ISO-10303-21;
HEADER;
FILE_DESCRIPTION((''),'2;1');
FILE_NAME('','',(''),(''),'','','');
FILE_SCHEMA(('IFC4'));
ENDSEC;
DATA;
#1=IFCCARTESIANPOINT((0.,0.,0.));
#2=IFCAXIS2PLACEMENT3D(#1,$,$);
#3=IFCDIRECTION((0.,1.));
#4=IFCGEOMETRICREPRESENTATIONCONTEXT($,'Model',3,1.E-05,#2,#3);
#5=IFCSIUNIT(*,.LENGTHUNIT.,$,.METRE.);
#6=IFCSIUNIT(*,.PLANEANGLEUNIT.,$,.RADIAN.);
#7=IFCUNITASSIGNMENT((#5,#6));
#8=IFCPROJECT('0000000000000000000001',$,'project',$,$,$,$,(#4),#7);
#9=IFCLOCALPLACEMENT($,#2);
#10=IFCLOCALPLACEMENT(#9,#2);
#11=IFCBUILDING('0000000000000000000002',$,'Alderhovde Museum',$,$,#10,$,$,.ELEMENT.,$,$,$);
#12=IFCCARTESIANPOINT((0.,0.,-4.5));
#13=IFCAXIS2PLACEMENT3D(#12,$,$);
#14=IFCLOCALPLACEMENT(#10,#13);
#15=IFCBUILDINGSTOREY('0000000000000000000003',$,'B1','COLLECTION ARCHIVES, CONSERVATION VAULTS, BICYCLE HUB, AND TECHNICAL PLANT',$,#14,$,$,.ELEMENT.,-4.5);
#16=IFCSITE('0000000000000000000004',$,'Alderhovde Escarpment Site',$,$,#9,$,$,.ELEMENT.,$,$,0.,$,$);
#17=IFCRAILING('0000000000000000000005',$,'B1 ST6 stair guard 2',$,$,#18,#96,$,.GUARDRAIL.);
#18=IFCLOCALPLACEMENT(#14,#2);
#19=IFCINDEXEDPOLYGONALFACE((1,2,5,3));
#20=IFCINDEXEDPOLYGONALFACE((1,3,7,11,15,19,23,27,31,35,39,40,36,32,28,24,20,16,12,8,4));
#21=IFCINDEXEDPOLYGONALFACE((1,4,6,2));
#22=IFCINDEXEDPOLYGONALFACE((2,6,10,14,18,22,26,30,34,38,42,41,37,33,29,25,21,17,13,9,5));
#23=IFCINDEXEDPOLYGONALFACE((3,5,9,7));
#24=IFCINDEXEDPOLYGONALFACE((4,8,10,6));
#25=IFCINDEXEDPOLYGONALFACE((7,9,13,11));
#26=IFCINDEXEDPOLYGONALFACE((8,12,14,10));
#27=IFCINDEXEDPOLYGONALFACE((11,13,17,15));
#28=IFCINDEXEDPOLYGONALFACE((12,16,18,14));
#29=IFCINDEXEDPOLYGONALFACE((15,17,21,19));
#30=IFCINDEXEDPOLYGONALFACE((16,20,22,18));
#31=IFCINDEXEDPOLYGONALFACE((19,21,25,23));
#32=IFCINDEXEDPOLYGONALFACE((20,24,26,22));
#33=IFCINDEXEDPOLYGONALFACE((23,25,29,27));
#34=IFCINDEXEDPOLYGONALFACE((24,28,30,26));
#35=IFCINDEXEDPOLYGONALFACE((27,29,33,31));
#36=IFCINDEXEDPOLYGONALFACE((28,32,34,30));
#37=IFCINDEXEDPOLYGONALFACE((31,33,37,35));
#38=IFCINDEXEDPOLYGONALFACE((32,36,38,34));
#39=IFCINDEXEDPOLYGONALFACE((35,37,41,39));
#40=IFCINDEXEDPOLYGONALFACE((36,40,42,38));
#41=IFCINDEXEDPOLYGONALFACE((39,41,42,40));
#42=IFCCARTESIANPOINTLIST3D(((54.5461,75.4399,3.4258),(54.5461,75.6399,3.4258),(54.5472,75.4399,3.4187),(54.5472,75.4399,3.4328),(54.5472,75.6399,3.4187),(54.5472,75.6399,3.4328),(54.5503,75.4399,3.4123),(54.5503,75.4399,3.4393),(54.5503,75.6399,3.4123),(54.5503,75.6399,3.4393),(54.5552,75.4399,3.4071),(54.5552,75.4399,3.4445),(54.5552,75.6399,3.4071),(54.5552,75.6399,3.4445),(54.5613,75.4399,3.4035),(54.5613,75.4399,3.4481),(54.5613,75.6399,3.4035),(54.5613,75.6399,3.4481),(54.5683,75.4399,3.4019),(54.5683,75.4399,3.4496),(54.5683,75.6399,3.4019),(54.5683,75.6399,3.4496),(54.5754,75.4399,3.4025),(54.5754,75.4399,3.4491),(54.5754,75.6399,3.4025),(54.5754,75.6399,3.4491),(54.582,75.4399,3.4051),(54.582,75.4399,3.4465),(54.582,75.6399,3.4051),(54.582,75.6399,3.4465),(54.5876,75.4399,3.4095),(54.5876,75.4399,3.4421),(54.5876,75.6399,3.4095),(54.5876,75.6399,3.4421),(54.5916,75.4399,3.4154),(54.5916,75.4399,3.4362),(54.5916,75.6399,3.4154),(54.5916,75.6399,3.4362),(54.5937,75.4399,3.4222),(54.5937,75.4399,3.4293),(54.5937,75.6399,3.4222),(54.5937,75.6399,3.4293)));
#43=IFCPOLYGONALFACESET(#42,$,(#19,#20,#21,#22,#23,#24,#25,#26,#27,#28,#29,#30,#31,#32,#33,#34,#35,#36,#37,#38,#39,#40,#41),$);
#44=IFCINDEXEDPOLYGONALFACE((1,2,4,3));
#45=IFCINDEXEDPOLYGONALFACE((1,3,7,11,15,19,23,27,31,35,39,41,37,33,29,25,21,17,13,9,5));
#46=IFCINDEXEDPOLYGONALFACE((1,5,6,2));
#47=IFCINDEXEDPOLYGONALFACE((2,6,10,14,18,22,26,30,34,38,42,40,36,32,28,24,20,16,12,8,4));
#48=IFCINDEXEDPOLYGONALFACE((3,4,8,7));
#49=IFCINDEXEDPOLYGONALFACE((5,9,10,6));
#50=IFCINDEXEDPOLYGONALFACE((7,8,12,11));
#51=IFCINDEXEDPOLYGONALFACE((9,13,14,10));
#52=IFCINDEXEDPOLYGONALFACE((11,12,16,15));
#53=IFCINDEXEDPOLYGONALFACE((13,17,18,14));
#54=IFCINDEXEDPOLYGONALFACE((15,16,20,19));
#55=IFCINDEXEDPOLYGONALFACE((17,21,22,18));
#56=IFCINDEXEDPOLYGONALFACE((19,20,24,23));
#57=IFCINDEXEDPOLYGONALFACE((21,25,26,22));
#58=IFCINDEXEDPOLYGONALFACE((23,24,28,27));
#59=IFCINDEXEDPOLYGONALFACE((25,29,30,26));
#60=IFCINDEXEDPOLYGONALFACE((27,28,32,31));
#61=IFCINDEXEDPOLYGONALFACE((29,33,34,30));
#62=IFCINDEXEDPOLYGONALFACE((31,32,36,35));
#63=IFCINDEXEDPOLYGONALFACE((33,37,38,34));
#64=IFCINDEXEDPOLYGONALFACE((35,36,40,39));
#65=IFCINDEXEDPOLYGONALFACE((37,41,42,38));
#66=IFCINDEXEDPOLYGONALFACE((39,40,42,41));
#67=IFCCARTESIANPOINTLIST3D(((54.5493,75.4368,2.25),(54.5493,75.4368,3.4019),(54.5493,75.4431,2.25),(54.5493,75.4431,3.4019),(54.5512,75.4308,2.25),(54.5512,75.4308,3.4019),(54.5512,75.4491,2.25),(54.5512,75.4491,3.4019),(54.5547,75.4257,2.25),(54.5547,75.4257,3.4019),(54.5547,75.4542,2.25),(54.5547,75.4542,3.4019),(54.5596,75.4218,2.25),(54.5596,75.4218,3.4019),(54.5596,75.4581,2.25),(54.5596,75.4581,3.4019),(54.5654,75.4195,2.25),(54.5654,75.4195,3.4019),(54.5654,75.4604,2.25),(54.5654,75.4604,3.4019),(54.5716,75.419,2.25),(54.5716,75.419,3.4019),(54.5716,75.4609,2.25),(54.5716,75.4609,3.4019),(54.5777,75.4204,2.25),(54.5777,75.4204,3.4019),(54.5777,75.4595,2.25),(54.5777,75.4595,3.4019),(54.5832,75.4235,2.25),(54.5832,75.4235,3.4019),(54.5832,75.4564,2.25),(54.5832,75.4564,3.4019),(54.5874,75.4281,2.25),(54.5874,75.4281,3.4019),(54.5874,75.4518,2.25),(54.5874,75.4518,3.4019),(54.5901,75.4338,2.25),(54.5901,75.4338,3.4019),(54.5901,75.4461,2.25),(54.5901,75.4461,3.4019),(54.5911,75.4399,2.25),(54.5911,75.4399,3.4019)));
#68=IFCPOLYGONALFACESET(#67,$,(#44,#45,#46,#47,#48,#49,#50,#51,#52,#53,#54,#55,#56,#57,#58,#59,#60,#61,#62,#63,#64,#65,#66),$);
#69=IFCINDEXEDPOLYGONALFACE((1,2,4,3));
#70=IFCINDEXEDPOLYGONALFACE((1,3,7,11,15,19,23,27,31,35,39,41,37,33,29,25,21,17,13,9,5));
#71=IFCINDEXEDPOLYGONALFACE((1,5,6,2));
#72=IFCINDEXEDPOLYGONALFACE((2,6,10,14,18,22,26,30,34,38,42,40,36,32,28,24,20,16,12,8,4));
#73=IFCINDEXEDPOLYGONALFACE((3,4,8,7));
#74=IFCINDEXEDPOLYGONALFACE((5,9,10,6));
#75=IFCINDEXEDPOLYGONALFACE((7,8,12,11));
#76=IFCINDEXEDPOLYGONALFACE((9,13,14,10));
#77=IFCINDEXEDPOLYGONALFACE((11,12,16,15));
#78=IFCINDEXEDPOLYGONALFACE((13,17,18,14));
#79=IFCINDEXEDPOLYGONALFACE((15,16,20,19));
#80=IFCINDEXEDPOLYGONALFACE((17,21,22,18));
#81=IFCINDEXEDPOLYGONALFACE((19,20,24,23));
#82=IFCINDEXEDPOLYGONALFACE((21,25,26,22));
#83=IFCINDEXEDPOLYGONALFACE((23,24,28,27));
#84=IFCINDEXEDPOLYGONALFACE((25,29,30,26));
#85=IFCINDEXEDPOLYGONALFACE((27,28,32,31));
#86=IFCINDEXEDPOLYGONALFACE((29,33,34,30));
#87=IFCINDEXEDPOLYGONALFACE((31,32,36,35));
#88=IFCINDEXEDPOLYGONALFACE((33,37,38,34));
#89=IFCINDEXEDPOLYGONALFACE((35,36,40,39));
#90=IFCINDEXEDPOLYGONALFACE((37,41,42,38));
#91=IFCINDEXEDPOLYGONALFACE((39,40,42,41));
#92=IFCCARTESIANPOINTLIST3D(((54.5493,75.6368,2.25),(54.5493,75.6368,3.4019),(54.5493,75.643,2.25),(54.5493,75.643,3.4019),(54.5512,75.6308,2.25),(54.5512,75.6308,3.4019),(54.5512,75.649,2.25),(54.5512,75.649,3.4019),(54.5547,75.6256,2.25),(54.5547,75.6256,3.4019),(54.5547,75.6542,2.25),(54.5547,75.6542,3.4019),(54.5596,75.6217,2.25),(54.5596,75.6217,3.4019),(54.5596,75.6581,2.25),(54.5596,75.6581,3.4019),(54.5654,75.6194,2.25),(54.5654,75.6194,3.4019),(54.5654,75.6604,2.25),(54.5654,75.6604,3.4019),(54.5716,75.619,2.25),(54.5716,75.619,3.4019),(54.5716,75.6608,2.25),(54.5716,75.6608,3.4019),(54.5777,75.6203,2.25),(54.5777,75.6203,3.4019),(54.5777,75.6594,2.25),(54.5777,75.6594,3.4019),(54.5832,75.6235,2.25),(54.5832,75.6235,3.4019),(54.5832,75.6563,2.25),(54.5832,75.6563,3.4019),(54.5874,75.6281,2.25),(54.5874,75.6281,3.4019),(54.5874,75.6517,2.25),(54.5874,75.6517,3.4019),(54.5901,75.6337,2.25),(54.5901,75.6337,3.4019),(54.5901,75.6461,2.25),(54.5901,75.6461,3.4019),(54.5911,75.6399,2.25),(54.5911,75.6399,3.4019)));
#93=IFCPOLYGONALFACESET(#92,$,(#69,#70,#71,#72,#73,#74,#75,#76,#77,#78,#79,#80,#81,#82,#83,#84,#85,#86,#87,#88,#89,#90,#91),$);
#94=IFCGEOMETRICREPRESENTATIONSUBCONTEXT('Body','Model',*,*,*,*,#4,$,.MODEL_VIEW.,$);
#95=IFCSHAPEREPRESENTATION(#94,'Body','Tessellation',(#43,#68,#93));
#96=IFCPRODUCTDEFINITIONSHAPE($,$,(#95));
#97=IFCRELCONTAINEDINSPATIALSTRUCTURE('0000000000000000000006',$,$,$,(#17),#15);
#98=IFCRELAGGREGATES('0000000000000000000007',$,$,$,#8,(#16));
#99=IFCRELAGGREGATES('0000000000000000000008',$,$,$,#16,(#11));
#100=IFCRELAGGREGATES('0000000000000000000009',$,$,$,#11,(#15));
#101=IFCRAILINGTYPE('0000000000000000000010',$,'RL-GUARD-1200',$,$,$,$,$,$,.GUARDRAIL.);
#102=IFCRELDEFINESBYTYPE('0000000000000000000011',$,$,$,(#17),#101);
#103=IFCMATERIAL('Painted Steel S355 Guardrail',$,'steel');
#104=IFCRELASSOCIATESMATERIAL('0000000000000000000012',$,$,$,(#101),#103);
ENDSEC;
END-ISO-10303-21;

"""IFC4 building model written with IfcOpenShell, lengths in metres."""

from ifc_helpers import new_model, si_unit, direction, frame, origin, origin_2d, place, context, subcontext, project, spatial, circle, extrude, material, type_object, element, save


model = new_model("IFC4")

# Units and contexts
model_context = context("Model", 3, precision=1e-05, world=origin(), true_north=direction((0.0, 1.0)))
body_context = subcontext(model_context, "Body", "Model", "MODEL_VIEW")
ifc_project = project(units=[si_unit("LENGTHUNIT", "METRE"), si_unit("PLANEANGLEUNIT", "RADIAN")], contexts=[model_context])

# Site, building, storey
site_placement = place(None, origin())
site = spatial("IfcSite", under=ifc_project, at=site_placement, Name="Alderhovde Escarpment Site", CompositionType="ELEMENT", RefElevation=0.0)
building_placement = place(site_placement, origin())
building = spatial("IfcBuilding", under=site, at=building_placement, Name="Alderhovde Museum", CompositionType="ELEMENT")
storey_placement = place(building_placement, frame((0.0, 0.0, -4.5)))
storey = spatial("IfcBuildingStorey", under=building, at=storey_placement, Name="B1", Description="COLLECTION ARCHIVES, CONSERVATION VAULTS, BICYCLE HUB, AND TECHNICAL PLANT", CompositionType="ELEMENT", Elevation=-4.5)

# Railing
ifc_material_1 = material(Name="Painted Steel S355 Guardrail", Category="steel")
railing_type_1 = type_object("IfcRailingType", Name="RL-GUARD-1200", PredefinedType="GUARDRAIL", material=ifc_material_1)
railing_1_placement = place(storey_placement, frame((54.5701, 75.4399, 2.25)))
element("IfcRailing", 1, at=railing_1_placement, inside=storey, type_object=railing_type_1, Name="B1 ST6 stair guard 2", PredefinedType="GUARDRAIL", context=body_context, shape_type="SweptSolid", body=[
    extrude(circle(Radius=0.0239, at=origin_2d()), frame((0.0, 0.0, 1.1758), z_axis=(0.0, 1.0, 0.0), x_axis=(-1.0, 0.0, 0.0)), (0.0, 0.0, 1.0), 0.2),
    extrude(circle(Radius=0.021, at=origin_2d()), origin(), (0.0, 0.0, 1.0), 1.1519),
    extrude(circle(Radius=0.021, at=origin_2d()), frame((0.0, 0.2, 0.0)), (0.0, 0.0, 1.0), 1.1519),
])

save(model, "model.ifc")
